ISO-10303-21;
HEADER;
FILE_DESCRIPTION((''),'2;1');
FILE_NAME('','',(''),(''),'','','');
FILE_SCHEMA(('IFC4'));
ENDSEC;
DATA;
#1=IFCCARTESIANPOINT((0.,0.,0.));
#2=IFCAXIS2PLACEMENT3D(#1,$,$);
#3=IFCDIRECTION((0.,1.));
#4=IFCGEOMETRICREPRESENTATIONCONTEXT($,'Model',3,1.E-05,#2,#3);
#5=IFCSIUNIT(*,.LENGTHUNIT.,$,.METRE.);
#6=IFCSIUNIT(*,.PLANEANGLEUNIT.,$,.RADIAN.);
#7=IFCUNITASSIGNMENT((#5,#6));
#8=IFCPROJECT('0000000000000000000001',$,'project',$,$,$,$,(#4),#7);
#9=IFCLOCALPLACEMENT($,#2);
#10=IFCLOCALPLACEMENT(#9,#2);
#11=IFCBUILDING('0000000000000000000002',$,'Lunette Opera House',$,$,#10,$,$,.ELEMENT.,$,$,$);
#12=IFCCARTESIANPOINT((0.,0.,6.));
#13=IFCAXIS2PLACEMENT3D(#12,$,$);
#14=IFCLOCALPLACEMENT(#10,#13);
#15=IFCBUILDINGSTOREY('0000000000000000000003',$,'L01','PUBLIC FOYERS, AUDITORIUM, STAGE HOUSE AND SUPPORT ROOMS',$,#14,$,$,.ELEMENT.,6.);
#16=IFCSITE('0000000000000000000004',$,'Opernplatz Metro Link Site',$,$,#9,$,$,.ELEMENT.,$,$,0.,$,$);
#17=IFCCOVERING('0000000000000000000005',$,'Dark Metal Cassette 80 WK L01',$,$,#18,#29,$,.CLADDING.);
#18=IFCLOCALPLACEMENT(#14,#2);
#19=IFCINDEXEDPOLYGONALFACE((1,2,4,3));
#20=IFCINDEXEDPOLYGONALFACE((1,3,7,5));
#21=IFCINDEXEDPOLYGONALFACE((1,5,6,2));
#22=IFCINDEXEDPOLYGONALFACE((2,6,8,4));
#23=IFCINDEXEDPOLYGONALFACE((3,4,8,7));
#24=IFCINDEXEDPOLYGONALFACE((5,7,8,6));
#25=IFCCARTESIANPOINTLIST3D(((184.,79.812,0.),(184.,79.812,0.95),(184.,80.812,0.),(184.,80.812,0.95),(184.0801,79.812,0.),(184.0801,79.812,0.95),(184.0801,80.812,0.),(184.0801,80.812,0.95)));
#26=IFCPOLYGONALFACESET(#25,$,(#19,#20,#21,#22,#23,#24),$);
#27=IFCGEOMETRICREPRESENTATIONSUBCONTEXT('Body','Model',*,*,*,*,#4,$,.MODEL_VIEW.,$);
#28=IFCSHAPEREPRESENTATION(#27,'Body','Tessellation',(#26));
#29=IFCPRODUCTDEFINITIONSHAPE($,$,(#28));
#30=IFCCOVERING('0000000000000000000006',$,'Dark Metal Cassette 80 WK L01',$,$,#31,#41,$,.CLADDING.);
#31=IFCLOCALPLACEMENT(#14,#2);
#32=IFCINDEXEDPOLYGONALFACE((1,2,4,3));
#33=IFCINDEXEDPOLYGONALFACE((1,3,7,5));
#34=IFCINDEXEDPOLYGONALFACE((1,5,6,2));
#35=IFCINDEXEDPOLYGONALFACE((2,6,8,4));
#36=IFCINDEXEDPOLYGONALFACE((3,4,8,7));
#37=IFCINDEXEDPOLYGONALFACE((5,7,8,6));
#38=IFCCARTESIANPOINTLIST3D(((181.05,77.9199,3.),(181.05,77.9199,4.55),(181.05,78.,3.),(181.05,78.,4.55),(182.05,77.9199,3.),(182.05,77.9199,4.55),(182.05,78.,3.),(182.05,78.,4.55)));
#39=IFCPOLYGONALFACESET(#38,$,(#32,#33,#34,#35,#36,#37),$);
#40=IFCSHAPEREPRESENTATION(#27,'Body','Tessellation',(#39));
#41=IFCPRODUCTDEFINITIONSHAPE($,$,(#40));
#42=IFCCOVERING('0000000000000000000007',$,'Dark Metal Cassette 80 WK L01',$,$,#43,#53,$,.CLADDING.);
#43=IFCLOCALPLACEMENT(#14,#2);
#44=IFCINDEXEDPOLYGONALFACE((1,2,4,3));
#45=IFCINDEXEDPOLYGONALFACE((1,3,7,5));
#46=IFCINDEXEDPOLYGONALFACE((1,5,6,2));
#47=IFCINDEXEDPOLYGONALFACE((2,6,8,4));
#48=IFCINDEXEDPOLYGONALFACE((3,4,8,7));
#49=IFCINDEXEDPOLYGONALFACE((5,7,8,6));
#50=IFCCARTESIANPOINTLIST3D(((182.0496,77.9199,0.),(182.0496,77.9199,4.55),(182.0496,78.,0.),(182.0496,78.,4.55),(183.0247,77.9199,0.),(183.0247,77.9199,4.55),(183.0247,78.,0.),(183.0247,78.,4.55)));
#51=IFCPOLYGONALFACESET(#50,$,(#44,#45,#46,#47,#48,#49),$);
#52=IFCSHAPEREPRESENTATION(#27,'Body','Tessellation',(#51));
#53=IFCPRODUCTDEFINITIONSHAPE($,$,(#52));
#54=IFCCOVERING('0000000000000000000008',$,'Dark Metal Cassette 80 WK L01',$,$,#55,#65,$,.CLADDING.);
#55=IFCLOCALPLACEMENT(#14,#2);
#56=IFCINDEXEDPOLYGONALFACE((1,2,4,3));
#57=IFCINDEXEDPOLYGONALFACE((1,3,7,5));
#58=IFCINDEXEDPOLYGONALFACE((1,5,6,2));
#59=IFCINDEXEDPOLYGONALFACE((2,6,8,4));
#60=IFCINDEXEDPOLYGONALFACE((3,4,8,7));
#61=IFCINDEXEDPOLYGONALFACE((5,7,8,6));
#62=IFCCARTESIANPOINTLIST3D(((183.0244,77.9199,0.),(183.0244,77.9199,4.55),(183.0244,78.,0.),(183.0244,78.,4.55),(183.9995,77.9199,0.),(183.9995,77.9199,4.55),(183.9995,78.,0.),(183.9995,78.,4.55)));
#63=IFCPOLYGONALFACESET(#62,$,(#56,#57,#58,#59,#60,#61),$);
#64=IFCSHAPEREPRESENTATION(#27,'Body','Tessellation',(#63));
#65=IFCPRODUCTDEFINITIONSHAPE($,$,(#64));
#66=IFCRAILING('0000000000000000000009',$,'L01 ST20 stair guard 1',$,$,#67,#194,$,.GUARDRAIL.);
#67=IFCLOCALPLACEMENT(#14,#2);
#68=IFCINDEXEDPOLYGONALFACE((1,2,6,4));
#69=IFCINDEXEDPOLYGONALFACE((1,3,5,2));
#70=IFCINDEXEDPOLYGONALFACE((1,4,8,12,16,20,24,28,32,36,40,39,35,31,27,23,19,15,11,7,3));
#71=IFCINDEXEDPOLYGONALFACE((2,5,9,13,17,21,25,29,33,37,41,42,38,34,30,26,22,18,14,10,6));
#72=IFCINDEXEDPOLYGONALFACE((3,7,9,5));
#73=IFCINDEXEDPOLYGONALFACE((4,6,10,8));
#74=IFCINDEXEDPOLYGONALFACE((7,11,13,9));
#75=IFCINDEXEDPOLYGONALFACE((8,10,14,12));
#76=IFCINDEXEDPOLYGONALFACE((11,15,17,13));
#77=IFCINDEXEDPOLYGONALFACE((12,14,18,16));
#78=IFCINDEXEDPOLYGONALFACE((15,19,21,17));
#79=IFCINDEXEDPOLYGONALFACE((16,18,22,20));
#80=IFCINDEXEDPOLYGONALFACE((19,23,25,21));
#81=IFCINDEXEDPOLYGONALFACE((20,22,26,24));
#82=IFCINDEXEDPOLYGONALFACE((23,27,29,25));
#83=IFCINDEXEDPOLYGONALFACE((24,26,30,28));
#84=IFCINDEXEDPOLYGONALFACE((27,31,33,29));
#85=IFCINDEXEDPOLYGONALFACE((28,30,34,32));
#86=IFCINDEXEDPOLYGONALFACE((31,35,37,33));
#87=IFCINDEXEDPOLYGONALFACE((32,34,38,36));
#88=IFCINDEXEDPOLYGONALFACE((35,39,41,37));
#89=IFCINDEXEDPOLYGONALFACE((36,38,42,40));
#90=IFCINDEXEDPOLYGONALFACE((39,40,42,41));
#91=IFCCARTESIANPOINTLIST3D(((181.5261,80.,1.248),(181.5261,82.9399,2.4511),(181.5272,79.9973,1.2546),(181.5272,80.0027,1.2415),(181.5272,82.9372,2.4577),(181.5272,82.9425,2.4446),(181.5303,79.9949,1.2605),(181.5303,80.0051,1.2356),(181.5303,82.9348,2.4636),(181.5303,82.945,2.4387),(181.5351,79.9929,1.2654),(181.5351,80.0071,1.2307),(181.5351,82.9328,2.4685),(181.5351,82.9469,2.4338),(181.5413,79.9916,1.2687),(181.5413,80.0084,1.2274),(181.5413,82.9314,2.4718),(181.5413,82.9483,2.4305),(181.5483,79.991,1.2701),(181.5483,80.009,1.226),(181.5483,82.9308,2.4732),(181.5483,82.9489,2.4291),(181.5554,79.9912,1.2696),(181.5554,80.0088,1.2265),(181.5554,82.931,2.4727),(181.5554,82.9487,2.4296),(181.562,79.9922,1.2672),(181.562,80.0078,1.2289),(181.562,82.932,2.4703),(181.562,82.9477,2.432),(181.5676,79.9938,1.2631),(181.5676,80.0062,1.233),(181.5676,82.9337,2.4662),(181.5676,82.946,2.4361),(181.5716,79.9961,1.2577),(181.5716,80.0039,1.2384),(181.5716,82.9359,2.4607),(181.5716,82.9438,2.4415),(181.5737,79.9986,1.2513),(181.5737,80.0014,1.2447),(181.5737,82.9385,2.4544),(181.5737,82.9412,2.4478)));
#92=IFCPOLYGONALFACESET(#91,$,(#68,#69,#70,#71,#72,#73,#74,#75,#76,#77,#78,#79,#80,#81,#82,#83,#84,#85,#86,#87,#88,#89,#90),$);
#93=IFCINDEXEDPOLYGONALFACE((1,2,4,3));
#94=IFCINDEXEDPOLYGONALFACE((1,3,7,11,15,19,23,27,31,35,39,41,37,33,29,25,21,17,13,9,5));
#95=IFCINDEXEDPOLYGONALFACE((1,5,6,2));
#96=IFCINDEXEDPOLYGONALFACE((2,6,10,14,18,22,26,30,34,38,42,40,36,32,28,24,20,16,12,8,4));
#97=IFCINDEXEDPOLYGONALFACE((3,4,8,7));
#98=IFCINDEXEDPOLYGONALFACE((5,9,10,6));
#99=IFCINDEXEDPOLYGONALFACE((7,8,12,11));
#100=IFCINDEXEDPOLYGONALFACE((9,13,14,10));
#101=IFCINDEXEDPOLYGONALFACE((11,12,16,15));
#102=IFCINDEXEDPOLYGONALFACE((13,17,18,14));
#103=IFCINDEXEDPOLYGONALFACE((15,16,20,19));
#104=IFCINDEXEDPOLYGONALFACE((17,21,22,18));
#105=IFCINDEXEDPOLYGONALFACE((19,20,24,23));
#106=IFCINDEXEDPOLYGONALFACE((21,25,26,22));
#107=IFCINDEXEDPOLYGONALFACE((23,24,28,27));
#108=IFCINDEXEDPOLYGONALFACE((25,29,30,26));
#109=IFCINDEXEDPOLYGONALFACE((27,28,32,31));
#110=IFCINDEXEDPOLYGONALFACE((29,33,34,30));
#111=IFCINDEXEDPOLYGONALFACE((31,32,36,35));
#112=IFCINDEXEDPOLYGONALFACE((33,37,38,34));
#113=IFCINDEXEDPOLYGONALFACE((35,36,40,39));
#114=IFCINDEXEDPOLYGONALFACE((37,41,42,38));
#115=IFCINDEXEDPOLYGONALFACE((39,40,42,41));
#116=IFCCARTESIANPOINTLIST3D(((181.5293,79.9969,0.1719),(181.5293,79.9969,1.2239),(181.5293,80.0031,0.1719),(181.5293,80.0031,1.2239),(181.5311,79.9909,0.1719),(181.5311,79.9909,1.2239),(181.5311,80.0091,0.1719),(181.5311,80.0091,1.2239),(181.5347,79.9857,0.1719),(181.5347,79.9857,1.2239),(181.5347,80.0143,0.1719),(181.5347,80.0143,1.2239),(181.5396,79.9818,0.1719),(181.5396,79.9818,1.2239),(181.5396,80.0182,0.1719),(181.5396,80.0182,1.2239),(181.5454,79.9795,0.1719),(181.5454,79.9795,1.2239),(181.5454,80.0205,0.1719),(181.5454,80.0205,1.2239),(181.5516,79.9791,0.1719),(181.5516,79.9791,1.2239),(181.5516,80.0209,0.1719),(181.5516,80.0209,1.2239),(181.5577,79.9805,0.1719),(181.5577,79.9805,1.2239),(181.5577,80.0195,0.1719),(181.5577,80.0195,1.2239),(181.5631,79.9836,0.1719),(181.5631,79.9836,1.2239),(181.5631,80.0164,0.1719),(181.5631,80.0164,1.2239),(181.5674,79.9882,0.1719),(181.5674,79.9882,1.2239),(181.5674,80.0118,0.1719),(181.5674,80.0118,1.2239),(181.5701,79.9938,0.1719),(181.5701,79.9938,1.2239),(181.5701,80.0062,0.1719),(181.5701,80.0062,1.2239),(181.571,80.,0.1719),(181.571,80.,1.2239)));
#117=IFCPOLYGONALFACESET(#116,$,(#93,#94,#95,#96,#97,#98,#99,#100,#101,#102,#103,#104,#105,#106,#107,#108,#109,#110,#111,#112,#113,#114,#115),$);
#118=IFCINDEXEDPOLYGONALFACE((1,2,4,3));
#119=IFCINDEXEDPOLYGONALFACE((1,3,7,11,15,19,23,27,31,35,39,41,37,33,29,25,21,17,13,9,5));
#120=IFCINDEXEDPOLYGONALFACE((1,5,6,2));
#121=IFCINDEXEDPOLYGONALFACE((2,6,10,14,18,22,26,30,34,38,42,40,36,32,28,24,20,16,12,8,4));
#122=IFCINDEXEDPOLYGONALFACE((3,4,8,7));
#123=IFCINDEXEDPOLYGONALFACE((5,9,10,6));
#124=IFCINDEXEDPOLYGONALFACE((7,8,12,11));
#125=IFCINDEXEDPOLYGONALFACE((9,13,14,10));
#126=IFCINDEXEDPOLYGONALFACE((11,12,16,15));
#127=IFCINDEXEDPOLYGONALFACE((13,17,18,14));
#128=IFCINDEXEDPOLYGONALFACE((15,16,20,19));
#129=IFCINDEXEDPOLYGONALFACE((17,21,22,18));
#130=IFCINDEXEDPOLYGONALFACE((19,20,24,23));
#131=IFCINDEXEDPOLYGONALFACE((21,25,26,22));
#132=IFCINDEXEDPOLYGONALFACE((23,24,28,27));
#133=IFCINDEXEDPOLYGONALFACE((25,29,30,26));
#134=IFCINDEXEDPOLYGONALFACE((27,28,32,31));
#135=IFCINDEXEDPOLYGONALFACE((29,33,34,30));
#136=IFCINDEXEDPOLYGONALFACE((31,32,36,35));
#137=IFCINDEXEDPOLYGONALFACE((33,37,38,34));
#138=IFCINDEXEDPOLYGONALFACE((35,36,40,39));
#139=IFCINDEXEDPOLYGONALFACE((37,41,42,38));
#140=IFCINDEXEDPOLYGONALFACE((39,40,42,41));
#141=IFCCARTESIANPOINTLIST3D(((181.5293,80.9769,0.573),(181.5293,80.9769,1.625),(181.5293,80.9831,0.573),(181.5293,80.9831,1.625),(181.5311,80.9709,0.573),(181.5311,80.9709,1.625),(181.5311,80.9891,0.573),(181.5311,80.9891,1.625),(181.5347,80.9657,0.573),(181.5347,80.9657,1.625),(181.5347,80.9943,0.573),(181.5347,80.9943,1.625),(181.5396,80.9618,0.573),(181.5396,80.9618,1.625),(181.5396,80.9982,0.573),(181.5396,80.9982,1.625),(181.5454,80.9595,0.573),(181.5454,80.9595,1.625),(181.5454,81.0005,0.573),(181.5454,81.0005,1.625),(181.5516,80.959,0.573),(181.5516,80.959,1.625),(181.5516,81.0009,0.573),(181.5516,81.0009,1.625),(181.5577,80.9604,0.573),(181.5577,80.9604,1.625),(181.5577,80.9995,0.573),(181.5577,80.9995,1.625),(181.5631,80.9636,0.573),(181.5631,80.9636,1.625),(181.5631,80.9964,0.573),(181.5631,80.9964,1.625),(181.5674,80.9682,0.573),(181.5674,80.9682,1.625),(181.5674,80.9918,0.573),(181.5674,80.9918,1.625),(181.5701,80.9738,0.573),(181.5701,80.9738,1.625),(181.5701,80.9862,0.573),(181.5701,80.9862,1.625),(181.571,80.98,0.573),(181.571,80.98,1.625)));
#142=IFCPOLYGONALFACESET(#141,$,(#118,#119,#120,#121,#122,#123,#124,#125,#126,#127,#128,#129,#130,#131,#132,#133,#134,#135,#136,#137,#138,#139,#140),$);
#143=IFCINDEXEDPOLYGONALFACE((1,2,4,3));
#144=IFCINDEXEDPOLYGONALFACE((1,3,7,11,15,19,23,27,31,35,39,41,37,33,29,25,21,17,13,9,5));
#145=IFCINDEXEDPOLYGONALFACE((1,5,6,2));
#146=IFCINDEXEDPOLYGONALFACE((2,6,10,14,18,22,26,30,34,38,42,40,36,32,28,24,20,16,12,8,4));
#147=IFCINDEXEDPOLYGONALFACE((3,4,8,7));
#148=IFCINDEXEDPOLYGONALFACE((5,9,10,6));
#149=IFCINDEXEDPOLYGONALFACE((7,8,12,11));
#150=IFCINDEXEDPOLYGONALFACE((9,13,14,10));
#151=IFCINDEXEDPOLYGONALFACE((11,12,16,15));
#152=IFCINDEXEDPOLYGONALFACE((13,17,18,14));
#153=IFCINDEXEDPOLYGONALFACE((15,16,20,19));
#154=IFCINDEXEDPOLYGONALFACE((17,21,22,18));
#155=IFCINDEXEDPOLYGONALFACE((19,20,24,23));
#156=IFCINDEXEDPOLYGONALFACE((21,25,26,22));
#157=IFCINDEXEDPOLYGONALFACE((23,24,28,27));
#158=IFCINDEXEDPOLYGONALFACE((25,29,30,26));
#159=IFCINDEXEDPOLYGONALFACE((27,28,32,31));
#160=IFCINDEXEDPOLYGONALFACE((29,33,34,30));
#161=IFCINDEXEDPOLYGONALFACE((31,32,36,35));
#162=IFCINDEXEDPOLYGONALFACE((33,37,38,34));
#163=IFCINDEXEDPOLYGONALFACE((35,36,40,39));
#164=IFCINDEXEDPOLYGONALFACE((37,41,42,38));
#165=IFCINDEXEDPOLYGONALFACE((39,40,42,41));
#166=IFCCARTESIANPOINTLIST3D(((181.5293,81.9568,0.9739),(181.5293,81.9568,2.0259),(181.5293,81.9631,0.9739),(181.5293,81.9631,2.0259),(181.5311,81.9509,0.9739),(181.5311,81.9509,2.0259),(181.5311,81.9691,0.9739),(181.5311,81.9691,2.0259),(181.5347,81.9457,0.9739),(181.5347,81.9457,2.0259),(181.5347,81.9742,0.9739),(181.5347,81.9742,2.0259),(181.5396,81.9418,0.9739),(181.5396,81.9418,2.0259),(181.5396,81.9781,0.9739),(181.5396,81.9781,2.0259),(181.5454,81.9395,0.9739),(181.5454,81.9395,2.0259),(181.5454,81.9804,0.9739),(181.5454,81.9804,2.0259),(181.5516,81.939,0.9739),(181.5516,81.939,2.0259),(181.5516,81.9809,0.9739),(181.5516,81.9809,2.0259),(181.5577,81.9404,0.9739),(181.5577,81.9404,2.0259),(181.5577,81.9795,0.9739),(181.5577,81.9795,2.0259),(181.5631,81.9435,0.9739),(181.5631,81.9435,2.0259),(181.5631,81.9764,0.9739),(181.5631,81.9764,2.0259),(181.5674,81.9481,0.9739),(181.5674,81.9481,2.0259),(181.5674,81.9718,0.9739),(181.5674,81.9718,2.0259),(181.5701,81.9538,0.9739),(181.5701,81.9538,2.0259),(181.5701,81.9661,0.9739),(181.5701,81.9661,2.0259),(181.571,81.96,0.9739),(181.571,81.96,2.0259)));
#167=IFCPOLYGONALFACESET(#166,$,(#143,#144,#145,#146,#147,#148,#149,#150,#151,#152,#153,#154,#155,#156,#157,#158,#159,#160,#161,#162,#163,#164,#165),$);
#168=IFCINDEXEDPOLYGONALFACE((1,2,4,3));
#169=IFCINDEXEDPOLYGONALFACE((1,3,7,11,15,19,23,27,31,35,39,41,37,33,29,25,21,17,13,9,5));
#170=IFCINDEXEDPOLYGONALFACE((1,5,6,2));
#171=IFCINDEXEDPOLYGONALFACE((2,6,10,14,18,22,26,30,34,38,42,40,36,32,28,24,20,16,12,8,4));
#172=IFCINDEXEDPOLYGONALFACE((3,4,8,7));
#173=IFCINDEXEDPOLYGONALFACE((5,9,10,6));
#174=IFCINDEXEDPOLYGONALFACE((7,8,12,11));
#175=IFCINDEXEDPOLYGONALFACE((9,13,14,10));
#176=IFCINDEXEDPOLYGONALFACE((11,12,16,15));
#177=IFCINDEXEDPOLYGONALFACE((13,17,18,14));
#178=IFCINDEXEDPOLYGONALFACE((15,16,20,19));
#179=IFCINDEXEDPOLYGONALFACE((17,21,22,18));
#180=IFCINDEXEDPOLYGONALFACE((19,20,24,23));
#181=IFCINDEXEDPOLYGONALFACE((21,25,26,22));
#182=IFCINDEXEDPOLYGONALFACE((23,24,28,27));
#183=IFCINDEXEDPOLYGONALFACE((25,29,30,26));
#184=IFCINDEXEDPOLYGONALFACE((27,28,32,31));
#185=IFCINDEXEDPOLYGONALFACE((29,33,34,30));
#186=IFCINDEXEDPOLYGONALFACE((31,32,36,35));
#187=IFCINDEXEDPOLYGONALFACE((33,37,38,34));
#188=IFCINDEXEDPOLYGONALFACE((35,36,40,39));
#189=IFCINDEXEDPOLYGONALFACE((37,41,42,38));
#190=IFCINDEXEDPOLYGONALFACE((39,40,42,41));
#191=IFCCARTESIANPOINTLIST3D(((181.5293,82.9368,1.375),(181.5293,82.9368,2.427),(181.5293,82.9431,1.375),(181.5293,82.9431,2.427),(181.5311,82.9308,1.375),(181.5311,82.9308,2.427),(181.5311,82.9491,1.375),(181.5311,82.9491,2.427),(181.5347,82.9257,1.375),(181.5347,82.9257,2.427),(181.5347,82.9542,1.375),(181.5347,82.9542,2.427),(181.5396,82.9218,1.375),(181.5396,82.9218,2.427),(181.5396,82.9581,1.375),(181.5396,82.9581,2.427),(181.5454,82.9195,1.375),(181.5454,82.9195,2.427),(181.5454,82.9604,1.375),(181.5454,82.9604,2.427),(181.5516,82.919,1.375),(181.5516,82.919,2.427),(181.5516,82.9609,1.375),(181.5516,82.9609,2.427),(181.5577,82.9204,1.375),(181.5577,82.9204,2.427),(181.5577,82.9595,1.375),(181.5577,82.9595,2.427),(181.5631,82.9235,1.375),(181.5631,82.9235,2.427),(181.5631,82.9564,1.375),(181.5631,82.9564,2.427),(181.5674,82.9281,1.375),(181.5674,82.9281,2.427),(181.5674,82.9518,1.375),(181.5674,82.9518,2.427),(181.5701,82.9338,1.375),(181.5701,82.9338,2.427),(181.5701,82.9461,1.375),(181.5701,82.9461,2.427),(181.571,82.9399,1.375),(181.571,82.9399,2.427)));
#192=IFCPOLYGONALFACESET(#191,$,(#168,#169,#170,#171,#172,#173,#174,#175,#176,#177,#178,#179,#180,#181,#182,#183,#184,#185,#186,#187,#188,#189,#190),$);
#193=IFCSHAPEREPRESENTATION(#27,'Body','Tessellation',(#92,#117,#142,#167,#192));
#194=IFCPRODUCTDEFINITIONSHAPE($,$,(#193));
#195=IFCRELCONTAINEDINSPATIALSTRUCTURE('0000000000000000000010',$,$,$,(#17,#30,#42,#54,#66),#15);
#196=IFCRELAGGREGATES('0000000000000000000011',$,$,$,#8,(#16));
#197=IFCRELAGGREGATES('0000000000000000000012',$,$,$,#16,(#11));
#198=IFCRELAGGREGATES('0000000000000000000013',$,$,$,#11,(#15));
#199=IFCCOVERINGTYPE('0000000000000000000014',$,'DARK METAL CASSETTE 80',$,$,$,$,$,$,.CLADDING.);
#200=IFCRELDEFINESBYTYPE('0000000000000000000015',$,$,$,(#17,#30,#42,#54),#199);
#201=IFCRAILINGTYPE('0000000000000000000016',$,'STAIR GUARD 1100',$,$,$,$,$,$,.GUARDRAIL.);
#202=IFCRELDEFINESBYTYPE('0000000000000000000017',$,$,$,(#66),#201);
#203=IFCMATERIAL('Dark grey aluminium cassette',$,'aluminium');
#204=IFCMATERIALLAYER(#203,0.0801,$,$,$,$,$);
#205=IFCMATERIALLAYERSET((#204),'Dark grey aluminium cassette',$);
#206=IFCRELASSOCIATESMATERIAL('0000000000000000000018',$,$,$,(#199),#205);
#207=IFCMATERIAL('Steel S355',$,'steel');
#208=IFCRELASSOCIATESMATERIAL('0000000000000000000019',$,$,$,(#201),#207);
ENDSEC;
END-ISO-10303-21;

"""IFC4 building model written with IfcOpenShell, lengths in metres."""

from ifc_helpers import new_model, si_unit, direction, frame, origin, origin_2d, place, context, subcontext, project, spatial, rectangle, circle, extrude, material, layer, layer_set, type_object, element, save


model = new_model("IFC4")

# Units and contexts
model_context = context("Model", 3, precision=1e-05, world=origin(), true_north=direction((0.0, 1.0)))
body_context = subcontext(model_context, "Body", "Model", "MODEL_VIEW")
ifc_project = project(units=[si_unit("LENGTHUNIT", "METRE"), si_unit("PLANEANGLEUNIT", "RADIAN")], contexts=[model_context])

# Site, building, storey
site_placement = place(None, origin())
site = spatial("IfcSite", under=ifc_project, at=site_placement, Name="Opernplatz Metro Link Site", CompositionType="ELEMENT", RefElevation=0.0)
building_placement = place(site_placement, origin())
building = spatial("IfcBuilding", under=site, at=building_placement, Name="Lunette Opera House", CompositionType="ELEMENT")
storey_placement = place(building_placement, frame((0.0, 0.0, 6.0)))
storey = spatial("IfcBuildingStorey", under=building, at=storey_placement, Name="L01", Description="PUBLIC FOYERS, AUDITORIUM, STAGE HOUSE AND SUPPORT ROOMS", CompositionType="ELEMENT", Elevation=6.0)

# Coverings
ifc_material_1 = material(Name="Dark grey aluminium cassette", Category="aluminium")
ifc_layer_1 = layer(ifc_material_1, 0.0801)
ifc_layer_set_1 = layer_set([ifc_layer_1], Name="Dark grey aluminium cassette")
covering_type = type_object("IfcCoveringType", Name="DARK METAL CASSETTE 80", PredefinedType="CLADDING", material=ifc_layer_set_1)
covering_1_placement = place(storey_placement, frame((184.04, 80.312, 0.0), z_axis=(0.0, 0.0, 1.0), x_axis=(0.0, 1.0, 0.0)))
element("IfcCovering", 1, at=covering_1_placement, inside=storey, type_object=covering_type, Name="Dark Metal Cassette 80 WK L01", PredefinedType="CLADDING", context=body_context, shape_type="SweptSolid", body=[
    extrude(rectangle(XDim=1.0, YDim=0.0801, at=origin_2d()), origin(), (0.0, 0.0, 1.0), 0.95),
])
covering_2_placement = place(storey_placement, frame((181.55, 77.96, 3.0), z_axis=(0.0, 0.0, 1.0), x_axis=(1.0, 0.0, 0.0)))
element("IfcCovering", 2, at=covering_2_placement, inside=storey, type_object=covering_type, Name="Dark Metal Cassette 80 WK L01", PredefinedType="CLADDING", context=body_context, shape_type="SweptSolid", body=[
    extrude(rectangle(XDim=1.0, YDim=0.0801, at=origin_2d()), origin(), (0.0, 0.0, 1.0), 1.55),
])
for number, where, z_axis, x_axis, name in (
    (3, (182.5371, 77.96, 0.0), (0.0, 0.0, 1.0), (1.0, 0.0, 0.0), "Dark Metal Cassette 80 WK L01"),
    (4, (183.512, 77.96, 0.0), (0.0, 0.0, 1.0), (1.0, 0.0, 0.0), "Dark Metal Cassette 80 WK L01"),
):
    element("IfcCovering", number, at=place(storey_placement, frame(where, z_axis=z_axis, x_axis=x_axis)), inside=storey, type_object=covering_type, Name=name, PredefinedType="CLADDING", context=body_context, shape_type="SweptSolid", body=[
        extrude(rectangle(XDim=0.9751, YDim=0.0801, at=origin_2d()), origin(), (0.0, 0.0, 1.0), 4.55),
    ])

# Railing
ifc_material_2 = material(Name="Steel S355", Category="steel")
railing_type_1 = type_object("IfcRailingType", Name="STAIR GUARD 1100", PredefinedType="GUARDRAIL", material=ifc_material_2)
railing_1_placement = place(storey_placement, frame((181.55, 80.0, 0.1719)))
element("IfcRailing", 5, at=railing_1_placement, inside=storey, type_object=railing_type_1, Name="L01 ST20 stair guard 1", PredefinedType="GUARDRAIL", context=body_context, shape_type="SweptSolid", body=[
    extrude(circle(Radius=0.0239, at=origin_2d()), frame((0.0, 0.0, 1.0762), z_axis=(0.0, 0.9255, 0.378747), x_axis=(-1.0, 0.0, 0.0)), (0.0, 0.0, 1.0), 3.1765),
    extrude(circle(Radius=0.021, at=origin_2d()), origin(), (0.0, 0.0, 1.0), 1.052),
    extrude(circle(Radius=0.021, at=origin_2d()), frame((0.0, 0.98, 0.4011)), (0.0, 0.0, 1.0), 1.052),
    extrude(circle(Radius=0.021, at=origin_2d()), frame((0.0, 1.96, 0.802)), (0.0, 0.0, 1.0), 1.052),
    extrude(circle(Radius=0.021, at=origin_2d()), frame((0.0, 2.9399, 1.2031)), (0.0, 0.0, 1.0), 1.052),
])

save(model, "model.ifc")
